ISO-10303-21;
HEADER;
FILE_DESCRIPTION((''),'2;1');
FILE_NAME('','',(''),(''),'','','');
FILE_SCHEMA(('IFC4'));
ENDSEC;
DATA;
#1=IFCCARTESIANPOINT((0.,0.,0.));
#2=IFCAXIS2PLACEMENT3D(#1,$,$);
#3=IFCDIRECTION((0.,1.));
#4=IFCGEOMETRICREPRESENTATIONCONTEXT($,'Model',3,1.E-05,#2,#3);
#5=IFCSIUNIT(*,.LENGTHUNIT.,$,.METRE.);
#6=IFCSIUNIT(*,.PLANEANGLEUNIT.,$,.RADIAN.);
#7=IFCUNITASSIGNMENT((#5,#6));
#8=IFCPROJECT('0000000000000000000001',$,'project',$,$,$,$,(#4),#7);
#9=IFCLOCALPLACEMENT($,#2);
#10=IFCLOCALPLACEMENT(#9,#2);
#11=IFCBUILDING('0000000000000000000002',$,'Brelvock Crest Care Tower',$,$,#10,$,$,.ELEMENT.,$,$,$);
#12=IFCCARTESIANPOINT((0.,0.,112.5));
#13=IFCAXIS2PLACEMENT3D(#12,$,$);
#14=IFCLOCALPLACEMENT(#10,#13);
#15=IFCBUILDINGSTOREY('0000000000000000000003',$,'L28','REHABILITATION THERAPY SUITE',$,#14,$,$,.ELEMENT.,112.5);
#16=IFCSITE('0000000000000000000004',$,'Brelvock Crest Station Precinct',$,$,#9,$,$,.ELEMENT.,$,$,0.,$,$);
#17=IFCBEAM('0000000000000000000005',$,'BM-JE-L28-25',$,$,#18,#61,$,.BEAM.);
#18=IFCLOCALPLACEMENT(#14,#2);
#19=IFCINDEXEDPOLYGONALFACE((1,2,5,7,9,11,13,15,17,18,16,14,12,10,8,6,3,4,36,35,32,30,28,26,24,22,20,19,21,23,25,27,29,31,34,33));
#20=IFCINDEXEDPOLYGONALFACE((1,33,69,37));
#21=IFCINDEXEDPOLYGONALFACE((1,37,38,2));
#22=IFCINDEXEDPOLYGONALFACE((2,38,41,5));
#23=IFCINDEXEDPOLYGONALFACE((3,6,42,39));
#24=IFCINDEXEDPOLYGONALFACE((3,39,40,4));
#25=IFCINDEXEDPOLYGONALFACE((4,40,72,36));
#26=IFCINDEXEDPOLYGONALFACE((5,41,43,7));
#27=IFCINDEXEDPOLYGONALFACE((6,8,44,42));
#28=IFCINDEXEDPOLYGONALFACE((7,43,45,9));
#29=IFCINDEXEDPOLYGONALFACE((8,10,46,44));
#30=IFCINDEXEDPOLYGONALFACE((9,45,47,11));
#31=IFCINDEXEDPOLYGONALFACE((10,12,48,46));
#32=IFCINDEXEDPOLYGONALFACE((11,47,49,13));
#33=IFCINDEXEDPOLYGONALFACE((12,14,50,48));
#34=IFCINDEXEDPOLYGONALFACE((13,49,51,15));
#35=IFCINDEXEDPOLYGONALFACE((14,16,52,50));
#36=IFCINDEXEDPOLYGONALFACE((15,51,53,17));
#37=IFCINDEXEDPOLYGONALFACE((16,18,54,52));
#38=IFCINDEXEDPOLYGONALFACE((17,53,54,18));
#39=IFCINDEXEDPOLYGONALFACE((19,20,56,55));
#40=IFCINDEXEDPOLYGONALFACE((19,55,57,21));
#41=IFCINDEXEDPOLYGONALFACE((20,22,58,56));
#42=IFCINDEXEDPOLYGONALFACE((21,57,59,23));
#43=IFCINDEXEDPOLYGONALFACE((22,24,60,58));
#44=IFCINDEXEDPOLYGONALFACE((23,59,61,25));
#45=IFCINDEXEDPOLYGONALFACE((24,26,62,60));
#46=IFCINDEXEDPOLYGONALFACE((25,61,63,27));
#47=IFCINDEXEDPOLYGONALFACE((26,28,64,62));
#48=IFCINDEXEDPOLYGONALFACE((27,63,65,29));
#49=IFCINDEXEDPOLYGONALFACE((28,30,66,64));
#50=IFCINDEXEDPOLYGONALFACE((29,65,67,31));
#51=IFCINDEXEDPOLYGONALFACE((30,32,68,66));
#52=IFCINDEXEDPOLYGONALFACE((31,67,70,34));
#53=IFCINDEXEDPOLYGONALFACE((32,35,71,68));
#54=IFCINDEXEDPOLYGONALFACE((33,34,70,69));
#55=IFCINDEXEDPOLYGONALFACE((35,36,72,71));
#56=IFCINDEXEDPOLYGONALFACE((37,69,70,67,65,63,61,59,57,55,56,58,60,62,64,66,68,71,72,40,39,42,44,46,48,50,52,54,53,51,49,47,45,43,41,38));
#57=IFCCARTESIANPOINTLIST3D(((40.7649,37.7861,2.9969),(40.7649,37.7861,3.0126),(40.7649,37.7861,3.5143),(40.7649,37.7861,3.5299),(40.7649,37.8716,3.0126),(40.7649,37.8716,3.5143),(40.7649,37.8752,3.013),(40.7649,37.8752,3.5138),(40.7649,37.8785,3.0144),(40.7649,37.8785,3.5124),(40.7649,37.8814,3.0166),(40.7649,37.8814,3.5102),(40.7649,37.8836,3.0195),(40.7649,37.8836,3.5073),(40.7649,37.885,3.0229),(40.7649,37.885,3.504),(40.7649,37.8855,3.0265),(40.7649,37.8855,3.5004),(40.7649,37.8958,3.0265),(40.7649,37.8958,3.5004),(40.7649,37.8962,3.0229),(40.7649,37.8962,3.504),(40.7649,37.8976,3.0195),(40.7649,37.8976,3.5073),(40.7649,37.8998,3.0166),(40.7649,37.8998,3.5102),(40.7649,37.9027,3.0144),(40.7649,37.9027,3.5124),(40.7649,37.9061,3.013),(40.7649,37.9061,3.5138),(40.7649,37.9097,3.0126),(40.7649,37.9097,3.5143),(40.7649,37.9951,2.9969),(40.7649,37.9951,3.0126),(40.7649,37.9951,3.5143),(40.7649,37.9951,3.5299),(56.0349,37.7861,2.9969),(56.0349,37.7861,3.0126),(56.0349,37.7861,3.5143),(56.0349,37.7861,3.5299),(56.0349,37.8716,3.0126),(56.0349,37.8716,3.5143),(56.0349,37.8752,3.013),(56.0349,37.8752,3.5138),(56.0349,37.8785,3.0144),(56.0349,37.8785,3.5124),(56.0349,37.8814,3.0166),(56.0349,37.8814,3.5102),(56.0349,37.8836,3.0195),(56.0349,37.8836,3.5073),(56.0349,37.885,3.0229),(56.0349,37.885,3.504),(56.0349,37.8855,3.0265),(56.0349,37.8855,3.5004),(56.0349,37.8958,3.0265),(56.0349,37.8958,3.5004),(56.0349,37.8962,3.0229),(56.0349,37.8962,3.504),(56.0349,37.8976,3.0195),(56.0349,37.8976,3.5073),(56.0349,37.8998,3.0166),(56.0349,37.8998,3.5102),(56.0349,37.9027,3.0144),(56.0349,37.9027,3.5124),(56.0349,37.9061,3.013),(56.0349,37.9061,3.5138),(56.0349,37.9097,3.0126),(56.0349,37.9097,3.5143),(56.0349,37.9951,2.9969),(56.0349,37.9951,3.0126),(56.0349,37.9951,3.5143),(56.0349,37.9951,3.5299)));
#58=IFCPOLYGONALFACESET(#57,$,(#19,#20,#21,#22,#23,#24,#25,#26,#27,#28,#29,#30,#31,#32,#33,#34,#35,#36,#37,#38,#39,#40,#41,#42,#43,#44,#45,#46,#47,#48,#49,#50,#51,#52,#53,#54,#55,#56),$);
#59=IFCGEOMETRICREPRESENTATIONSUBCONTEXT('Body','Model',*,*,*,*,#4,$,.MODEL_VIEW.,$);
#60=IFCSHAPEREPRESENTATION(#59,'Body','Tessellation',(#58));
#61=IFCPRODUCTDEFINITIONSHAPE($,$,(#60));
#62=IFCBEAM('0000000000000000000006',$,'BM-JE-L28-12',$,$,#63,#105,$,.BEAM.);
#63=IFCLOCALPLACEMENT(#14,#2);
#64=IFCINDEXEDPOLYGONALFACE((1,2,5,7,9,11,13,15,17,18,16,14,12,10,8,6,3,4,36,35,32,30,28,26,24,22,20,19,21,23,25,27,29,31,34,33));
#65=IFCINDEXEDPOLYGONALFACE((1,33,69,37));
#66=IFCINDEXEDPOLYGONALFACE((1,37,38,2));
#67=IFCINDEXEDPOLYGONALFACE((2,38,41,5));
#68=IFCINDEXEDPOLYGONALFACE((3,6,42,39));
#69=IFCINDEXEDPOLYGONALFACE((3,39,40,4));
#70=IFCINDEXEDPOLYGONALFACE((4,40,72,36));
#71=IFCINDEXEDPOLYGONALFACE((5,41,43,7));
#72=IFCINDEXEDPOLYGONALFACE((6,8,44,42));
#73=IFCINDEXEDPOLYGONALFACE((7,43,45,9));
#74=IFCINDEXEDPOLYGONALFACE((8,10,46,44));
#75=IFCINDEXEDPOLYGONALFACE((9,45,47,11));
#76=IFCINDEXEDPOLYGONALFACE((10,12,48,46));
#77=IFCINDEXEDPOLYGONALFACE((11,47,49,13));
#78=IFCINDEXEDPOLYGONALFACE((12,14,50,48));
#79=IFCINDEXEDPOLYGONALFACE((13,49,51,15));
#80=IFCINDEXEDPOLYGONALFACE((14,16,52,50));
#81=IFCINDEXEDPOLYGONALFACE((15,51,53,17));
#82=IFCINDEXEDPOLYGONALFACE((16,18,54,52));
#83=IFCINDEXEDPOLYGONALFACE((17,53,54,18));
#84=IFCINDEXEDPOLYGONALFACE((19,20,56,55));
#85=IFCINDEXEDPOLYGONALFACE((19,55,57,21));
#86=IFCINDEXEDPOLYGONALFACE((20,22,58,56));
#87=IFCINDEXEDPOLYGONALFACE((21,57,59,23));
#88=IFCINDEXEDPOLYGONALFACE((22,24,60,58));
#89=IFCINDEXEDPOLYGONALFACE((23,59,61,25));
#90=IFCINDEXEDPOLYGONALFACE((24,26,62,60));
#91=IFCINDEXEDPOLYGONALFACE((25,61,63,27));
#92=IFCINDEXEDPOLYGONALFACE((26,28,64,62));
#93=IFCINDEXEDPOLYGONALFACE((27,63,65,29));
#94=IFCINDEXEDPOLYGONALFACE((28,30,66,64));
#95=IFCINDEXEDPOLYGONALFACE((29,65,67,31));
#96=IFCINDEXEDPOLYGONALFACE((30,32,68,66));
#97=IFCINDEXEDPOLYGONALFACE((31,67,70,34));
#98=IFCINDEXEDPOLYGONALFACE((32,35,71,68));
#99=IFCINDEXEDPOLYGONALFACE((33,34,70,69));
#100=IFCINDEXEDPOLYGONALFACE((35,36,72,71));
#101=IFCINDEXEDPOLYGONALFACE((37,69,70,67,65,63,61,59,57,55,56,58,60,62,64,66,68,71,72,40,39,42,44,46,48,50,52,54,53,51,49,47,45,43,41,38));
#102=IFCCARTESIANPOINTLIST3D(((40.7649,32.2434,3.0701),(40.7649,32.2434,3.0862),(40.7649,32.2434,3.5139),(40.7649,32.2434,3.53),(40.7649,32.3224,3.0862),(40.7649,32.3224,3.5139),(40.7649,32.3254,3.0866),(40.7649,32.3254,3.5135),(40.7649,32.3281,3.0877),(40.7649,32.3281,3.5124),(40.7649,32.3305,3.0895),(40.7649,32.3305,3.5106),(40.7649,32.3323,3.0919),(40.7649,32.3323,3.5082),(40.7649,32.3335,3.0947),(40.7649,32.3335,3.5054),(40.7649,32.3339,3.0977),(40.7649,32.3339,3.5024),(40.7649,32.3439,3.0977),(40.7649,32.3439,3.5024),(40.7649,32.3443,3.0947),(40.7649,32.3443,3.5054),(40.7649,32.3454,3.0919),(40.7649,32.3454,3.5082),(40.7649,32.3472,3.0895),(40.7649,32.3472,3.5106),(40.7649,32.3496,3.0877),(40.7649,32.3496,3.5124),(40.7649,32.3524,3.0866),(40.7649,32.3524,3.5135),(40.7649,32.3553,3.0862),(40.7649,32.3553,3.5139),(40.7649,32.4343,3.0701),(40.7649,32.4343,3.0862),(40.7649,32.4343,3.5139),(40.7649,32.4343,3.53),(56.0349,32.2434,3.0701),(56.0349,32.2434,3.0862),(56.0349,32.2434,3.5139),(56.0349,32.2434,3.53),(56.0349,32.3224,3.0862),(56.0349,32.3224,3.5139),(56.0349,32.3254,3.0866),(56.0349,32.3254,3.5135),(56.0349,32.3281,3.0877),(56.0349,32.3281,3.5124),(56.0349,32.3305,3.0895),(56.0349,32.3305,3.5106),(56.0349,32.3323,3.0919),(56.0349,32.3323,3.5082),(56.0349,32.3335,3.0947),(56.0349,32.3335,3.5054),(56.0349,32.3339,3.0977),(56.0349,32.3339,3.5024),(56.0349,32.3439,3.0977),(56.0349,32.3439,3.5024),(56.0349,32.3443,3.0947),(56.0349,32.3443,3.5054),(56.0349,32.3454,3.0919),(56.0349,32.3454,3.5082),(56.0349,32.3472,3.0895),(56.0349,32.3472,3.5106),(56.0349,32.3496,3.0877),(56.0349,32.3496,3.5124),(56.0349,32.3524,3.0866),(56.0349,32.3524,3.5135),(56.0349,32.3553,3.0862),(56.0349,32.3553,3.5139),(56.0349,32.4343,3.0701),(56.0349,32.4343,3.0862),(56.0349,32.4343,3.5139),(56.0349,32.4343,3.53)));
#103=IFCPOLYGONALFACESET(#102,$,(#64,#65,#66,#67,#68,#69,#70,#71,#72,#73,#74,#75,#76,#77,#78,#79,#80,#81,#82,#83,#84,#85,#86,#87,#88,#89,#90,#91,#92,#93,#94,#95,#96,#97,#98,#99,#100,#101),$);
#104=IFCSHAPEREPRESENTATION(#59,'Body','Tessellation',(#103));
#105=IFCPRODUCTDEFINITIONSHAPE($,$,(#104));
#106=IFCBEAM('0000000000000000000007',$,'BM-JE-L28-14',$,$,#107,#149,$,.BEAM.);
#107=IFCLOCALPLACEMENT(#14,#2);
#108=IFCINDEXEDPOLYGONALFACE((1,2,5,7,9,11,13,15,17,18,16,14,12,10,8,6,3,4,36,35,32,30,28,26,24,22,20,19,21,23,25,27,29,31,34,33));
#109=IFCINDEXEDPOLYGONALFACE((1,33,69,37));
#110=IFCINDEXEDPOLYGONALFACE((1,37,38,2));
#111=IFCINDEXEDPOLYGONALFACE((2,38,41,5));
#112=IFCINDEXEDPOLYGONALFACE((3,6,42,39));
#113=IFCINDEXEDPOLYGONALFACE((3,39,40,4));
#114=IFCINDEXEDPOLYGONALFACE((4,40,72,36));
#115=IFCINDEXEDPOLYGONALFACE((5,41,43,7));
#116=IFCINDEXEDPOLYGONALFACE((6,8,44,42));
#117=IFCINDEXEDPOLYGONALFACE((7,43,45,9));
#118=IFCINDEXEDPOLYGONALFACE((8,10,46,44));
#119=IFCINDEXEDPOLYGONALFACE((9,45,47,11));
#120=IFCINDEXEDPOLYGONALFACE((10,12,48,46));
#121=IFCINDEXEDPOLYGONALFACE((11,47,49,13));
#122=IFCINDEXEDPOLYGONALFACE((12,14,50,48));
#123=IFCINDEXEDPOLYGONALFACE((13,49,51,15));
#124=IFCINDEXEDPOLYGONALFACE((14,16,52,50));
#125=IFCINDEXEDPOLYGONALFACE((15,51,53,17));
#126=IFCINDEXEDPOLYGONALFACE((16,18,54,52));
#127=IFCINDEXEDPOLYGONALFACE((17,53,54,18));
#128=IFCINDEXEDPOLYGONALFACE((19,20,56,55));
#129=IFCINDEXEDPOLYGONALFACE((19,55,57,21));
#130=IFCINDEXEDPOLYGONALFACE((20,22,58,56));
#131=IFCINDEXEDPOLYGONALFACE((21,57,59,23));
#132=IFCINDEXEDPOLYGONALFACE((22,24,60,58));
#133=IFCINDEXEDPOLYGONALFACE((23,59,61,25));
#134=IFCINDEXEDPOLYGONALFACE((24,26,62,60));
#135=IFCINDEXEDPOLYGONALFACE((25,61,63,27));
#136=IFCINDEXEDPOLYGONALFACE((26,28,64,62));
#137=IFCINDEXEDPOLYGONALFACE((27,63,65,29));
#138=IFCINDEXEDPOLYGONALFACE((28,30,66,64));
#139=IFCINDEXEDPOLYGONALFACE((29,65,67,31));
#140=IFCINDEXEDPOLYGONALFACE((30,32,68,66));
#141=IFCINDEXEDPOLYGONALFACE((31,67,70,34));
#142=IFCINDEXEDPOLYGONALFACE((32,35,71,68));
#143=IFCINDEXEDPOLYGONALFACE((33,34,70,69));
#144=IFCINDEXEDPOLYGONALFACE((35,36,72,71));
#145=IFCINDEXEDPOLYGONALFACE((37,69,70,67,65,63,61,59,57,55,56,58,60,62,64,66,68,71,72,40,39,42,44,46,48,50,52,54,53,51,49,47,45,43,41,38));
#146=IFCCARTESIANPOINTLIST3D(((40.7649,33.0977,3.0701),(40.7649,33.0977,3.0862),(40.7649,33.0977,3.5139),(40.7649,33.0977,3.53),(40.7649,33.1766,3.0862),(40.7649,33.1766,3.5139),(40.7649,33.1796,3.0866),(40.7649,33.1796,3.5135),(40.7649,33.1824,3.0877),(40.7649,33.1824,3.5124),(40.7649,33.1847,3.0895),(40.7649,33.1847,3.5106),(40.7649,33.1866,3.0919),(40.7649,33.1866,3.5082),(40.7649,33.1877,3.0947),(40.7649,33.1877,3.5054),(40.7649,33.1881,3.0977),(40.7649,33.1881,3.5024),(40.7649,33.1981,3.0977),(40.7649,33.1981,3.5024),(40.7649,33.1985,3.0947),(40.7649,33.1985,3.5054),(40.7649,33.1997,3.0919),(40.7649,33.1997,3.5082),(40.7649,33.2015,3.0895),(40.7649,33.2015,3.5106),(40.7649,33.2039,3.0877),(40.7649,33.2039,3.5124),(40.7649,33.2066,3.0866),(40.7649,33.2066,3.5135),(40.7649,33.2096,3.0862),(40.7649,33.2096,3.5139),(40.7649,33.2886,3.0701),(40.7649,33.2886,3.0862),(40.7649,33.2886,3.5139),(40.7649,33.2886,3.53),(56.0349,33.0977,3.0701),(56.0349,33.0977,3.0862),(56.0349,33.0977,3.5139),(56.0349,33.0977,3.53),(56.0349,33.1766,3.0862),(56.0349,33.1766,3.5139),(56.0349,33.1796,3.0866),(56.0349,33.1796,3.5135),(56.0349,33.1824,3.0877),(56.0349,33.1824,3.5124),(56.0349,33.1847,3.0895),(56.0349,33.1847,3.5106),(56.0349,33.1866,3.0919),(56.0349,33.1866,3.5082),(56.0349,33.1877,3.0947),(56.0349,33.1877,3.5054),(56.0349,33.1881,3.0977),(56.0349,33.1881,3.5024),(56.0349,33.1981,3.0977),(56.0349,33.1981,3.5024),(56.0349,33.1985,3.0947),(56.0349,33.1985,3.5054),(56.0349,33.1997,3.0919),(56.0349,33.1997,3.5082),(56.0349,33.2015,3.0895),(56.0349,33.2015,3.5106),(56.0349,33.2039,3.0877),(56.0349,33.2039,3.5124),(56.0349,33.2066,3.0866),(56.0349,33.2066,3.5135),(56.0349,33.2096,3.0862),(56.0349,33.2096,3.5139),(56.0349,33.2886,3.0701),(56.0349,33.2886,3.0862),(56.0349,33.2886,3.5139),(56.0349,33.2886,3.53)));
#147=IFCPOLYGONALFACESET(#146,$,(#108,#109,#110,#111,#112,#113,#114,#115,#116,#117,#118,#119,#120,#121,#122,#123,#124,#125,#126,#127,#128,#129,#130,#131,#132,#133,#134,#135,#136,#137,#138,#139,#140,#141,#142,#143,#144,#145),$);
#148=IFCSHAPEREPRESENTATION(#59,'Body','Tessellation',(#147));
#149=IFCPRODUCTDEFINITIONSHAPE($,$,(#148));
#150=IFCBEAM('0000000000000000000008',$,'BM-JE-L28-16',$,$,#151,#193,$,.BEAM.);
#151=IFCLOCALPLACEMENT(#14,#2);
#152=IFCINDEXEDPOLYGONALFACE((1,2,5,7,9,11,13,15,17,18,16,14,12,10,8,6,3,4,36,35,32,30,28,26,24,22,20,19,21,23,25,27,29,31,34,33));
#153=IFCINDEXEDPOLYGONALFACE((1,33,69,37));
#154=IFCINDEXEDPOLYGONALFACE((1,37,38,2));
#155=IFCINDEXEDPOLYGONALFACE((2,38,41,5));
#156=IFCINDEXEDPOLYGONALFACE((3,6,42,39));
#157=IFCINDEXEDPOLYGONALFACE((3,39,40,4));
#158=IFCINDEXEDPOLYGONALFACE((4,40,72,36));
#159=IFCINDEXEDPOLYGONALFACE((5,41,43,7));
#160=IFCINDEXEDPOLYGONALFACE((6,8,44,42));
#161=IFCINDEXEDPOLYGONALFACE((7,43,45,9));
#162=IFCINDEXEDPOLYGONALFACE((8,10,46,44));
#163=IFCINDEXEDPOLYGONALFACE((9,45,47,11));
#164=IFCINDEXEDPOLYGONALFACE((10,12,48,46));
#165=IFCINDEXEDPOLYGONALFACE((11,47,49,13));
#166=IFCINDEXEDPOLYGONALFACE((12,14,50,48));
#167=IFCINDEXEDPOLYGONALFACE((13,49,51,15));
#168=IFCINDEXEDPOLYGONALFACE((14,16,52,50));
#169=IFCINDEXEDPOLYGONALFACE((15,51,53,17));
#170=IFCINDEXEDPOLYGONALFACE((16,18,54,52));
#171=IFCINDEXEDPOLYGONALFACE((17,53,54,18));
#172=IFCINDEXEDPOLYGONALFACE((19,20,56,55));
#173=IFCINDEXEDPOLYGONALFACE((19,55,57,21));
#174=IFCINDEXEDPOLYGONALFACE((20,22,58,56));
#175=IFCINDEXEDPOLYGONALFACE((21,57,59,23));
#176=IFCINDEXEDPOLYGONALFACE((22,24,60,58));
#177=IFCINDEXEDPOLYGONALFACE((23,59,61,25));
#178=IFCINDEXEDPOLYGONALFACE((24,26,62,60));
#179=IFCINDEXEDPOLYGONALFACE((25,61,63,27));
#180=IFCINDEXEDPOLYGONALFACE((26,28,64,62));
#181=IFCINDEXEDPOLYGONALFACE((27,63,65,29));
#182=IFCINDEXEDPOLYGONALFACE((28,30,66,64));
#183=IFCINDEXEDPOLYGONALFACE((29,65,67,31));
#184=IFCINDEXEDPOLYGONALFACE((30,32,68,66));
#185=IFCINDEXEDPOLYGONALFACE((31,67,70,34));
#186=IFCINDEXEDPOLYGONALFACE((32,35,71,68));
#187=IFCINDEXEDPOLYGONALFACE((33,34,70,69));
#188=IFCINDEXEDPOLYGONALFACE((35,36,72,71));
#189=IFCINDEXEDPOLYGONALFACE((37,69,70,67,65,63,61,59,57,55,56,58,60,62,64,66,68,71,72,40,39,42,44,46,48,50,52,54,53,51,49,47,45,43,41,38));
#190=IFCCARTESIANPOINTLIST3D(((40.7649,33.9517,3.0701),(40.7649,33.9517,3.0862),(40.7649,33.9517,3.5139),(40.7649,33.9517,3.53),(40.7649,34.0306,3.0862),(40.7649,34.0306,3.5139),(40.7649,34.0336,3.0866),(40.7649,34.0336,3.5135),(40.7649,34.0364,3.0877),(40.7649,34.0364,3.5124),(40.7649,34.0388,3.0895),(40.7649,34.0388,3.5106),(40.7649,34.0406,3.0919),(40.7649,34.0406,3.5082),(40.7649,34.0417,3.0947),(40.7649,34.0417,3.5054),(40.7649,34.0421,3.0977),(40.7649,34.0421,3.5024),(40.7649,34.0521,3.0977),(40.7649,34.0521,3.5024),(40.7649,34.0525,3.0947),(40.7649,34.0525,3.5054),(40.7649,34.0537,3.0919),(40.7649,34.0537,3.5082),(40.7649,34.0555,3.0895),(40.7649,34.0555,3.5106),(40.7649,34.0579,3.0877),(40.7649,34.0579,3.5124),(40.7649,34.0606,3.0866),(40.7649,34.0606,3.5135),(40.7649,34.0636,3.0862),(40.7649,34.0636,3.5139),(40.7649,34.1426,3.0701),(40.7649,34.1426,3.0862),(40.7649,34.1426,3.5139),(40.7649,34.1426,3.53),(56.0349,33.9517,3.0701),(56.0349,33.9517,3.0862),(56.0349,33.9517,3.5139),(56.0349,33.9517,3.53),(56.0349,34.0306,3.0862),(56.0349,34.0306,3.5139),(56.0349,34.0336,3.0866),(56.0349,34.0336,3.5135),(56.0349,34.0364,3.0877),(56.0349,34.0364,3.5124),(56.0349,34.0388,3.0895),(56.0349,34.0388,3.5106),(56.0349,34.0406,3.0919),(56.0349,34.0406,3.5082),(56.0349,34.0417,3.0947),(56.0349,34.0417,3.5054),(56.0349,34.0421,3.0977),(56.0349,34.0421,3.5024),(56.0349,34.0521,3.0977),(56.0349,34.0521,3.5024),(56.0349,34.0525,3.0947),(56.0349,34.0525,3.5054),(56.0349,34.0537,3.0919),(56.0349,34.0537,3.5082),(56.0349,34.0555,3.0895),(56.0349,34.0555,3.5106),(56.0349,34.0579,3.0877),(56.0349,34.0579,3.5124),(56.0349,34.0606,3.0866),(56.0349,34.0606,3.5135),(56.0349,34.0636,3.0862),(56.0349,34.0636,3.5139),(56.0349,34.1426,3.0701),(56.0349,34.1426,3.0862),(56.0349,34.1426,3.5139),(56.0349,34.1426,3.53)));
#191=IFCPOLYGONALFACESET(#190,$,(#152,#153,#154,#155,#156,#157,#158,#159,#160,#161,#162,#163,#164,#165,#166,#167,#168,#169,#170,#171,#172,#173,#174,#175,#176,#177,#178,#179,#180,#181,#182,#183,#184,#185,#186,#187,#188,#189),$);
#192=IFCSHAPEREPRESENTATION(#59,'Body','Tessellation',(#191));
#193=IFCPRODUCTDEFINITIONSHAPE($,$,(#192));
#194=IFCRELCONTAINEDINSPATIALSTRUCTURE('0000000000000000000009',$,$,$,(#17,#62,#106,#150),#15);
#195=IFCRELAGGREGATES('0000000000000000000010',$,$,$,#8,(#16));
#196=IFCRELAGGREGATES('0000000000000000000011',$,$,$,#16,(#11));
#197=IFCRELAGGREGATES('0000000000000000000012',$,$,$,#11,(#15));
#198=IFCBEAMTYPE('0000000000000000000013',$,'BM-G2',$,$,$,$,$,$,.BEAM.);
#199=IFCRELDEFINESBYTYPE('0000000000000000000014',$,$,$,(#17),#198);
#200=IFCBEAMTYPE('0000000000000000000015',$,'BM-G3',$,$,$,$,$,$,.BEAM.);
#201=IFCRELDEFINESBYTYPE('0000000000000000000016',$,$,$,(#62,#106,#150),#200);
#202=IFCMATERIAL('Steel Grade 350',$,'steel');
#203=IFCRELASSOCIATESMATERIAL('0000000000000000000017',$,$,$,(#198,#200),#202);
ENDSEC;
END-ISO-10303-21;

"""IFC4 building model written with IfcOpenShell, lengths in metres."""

from ifc_helpers import new_model, si_unit, direction, frame, origin, origin_2d, place, context, subcontext, project, spatial, i_section, extrude, source, transform, mapped, material, material_profile, profile_set, type_object, element, save


model = new_model("IFC4")

# Units and contexts
model_context = context("Model", 3, precision=1e-05, world=origin(), true_north=direction((0.0, 1.0)))
body_context = subcontext(model_context, "Body", "Model", "MODEL_VIEW")
ifc_project = project(units=[si_unit("LENGTHUNIT", "METRE"), si_unit("PLANEANGLEUNIT", "RADIAN")], contexts=[model_context])

# Site, building, storey
site_placement = place(None, origin())
site = spatial("IfcSite", under=ifc_project, at=site_placement, Name="Brelvock Crest Station Precinct", CompositionType="ELEMENT", RefElevation=0.0)
building_placement = place(site_placement, origin())
building = spatial("IfcBuilding", under=site, at=building_placement, Name="Brelvock Crest Care Tower", CompositionType="ELEMENT")
storey_placement = place(building_placement, frame((0.0, 0.0, 112.5)))
storey = spatial("IfcBuildingStorey", under=building, at=storey_placement, Name="L28", Description="REHABILITATION THERAPY SUITE", CompositionType="ELEMENT", Elevation=112.5)

# Beams
ifc_material_1 = material(Name="Steel Grade 350", Category="steel")
ifc_material_profile_1 = material_profile(ifc_material_1, i_section(OverallWidth=0.209, OverallDepth=0.533, WebThickness=0.0103, FlangeThickness=0.0156, FilletRadius=0.0139, at=origin_2d()), Name="530UB92.4")
ifc_profile_set_1 = profile_set([ifc_material_profile_1], Name="Steel Grade 350")
beam_type_1 = type_object("IfcBeamType", Name="BM-G2", PredefinedType="BEAM", material=ifc_profile_set_1)
shared_shape_1 = source(origin(), body_context, "Body", "SweptSolid", [
    extrude(i_section(OverallWidth=0.209, OverallDepth=0.533, WebThickness=0.0103, FlangeThickness=0.0156, FilletRadius=0.0139, at=origin_2d()), origin(), (0.0, 0.0, 1.0), 15.27),
])
for number, where, z_axis, x_axis, name in (
    (1, (40.7649, 37.8906, 3.2634), (1.0, 0.0, 0.0), (0.0, 1.0, 0.0), "BM-JE-L28-25"),
):
    element("IfcBeam", number, at=place(storey_placement, frame(where, z_axis=z_axis, x_axis=x_axis)), inside=storey, type_object=beam_type_1, Name=name, PredefinedType="BEAM", context=body_context, shape_type="MappedRepresentation", body=[
        mapped(shared_shape_1, transform((0.0, 0.0, 0.0), x_axis=(1.0, 0.0, 0.0), y_axis=(0.0, 1.0, 0.0), z_axis=(0.0, 0.0, 1.0), scale=1.0)),
    ])
ifc_material_profile_2 = material_profile(ifc_material_1, i_section(OverallWidth=0.1909, OverallDepth=0.46, WebThickness=0.01, FlangeThickness=0.0161, FilletRadius=0.0115, at=origin_2d()), Name="460UB82.1")
ifc_profile_set_2 = profile_set([ifc_material_profile_2], Name="Steel Grade 350")
beam_type_2 = type_object("IfcBeamType", Name="BM-G3", PredefinedType="BEAM", material=ifc_profile_set_2)
shared_shape_2 = source(origin(), body_context, "Body", "SweptSolid", [
    extrude(i_section(OverallWidth=0.1909, OverallDepth=0.46, WebThickness=0.01, FlangeThickness=0.0161, FilletRadius=0.0115, at=origin_2d()), origin(), (0.0, 0.0, 1.0), 15.27),
])
for number, where, z_axis, x_axis, name in (
    (2, (40.7649, 32.3389, 3.3), (1.0, 0.0, 0.0), (0.0, 1.0, 0.0), "BM-JE-L28-12"),
    (3, (40.7649, 33.1931, 3.3), (1.0, 0.0, 0.0), (0.0, 1.0, 0.0), "BM-JE-L28-14"),
    (4, (40.7649, 34.0471, 3.3), (1.0, 0.0, 0.0), (0.0, 1.0, 0.0), "BM-JE-L28-16"),
):
    element("IfcBeam", number, at=place(storey_placement, frame(where, z_axis=z_axis, x_axis=x_axis)), inside=storey, type_object=beam_type_2, Name=name, PredefinedType="BEAM", context=body_context, shape_type="MappedRepresentation", body=[
        mapped(shared_shape_2, transform((0.0, 0.0, 0.0), x_axis=(1.0, 0.0, 0.0), y_axis=(0.0, 1.0, 0.0), z_axis=(0.0, 0.0, 1.0), scale=1.0)),
    ])

save(model, "model.ifc")
